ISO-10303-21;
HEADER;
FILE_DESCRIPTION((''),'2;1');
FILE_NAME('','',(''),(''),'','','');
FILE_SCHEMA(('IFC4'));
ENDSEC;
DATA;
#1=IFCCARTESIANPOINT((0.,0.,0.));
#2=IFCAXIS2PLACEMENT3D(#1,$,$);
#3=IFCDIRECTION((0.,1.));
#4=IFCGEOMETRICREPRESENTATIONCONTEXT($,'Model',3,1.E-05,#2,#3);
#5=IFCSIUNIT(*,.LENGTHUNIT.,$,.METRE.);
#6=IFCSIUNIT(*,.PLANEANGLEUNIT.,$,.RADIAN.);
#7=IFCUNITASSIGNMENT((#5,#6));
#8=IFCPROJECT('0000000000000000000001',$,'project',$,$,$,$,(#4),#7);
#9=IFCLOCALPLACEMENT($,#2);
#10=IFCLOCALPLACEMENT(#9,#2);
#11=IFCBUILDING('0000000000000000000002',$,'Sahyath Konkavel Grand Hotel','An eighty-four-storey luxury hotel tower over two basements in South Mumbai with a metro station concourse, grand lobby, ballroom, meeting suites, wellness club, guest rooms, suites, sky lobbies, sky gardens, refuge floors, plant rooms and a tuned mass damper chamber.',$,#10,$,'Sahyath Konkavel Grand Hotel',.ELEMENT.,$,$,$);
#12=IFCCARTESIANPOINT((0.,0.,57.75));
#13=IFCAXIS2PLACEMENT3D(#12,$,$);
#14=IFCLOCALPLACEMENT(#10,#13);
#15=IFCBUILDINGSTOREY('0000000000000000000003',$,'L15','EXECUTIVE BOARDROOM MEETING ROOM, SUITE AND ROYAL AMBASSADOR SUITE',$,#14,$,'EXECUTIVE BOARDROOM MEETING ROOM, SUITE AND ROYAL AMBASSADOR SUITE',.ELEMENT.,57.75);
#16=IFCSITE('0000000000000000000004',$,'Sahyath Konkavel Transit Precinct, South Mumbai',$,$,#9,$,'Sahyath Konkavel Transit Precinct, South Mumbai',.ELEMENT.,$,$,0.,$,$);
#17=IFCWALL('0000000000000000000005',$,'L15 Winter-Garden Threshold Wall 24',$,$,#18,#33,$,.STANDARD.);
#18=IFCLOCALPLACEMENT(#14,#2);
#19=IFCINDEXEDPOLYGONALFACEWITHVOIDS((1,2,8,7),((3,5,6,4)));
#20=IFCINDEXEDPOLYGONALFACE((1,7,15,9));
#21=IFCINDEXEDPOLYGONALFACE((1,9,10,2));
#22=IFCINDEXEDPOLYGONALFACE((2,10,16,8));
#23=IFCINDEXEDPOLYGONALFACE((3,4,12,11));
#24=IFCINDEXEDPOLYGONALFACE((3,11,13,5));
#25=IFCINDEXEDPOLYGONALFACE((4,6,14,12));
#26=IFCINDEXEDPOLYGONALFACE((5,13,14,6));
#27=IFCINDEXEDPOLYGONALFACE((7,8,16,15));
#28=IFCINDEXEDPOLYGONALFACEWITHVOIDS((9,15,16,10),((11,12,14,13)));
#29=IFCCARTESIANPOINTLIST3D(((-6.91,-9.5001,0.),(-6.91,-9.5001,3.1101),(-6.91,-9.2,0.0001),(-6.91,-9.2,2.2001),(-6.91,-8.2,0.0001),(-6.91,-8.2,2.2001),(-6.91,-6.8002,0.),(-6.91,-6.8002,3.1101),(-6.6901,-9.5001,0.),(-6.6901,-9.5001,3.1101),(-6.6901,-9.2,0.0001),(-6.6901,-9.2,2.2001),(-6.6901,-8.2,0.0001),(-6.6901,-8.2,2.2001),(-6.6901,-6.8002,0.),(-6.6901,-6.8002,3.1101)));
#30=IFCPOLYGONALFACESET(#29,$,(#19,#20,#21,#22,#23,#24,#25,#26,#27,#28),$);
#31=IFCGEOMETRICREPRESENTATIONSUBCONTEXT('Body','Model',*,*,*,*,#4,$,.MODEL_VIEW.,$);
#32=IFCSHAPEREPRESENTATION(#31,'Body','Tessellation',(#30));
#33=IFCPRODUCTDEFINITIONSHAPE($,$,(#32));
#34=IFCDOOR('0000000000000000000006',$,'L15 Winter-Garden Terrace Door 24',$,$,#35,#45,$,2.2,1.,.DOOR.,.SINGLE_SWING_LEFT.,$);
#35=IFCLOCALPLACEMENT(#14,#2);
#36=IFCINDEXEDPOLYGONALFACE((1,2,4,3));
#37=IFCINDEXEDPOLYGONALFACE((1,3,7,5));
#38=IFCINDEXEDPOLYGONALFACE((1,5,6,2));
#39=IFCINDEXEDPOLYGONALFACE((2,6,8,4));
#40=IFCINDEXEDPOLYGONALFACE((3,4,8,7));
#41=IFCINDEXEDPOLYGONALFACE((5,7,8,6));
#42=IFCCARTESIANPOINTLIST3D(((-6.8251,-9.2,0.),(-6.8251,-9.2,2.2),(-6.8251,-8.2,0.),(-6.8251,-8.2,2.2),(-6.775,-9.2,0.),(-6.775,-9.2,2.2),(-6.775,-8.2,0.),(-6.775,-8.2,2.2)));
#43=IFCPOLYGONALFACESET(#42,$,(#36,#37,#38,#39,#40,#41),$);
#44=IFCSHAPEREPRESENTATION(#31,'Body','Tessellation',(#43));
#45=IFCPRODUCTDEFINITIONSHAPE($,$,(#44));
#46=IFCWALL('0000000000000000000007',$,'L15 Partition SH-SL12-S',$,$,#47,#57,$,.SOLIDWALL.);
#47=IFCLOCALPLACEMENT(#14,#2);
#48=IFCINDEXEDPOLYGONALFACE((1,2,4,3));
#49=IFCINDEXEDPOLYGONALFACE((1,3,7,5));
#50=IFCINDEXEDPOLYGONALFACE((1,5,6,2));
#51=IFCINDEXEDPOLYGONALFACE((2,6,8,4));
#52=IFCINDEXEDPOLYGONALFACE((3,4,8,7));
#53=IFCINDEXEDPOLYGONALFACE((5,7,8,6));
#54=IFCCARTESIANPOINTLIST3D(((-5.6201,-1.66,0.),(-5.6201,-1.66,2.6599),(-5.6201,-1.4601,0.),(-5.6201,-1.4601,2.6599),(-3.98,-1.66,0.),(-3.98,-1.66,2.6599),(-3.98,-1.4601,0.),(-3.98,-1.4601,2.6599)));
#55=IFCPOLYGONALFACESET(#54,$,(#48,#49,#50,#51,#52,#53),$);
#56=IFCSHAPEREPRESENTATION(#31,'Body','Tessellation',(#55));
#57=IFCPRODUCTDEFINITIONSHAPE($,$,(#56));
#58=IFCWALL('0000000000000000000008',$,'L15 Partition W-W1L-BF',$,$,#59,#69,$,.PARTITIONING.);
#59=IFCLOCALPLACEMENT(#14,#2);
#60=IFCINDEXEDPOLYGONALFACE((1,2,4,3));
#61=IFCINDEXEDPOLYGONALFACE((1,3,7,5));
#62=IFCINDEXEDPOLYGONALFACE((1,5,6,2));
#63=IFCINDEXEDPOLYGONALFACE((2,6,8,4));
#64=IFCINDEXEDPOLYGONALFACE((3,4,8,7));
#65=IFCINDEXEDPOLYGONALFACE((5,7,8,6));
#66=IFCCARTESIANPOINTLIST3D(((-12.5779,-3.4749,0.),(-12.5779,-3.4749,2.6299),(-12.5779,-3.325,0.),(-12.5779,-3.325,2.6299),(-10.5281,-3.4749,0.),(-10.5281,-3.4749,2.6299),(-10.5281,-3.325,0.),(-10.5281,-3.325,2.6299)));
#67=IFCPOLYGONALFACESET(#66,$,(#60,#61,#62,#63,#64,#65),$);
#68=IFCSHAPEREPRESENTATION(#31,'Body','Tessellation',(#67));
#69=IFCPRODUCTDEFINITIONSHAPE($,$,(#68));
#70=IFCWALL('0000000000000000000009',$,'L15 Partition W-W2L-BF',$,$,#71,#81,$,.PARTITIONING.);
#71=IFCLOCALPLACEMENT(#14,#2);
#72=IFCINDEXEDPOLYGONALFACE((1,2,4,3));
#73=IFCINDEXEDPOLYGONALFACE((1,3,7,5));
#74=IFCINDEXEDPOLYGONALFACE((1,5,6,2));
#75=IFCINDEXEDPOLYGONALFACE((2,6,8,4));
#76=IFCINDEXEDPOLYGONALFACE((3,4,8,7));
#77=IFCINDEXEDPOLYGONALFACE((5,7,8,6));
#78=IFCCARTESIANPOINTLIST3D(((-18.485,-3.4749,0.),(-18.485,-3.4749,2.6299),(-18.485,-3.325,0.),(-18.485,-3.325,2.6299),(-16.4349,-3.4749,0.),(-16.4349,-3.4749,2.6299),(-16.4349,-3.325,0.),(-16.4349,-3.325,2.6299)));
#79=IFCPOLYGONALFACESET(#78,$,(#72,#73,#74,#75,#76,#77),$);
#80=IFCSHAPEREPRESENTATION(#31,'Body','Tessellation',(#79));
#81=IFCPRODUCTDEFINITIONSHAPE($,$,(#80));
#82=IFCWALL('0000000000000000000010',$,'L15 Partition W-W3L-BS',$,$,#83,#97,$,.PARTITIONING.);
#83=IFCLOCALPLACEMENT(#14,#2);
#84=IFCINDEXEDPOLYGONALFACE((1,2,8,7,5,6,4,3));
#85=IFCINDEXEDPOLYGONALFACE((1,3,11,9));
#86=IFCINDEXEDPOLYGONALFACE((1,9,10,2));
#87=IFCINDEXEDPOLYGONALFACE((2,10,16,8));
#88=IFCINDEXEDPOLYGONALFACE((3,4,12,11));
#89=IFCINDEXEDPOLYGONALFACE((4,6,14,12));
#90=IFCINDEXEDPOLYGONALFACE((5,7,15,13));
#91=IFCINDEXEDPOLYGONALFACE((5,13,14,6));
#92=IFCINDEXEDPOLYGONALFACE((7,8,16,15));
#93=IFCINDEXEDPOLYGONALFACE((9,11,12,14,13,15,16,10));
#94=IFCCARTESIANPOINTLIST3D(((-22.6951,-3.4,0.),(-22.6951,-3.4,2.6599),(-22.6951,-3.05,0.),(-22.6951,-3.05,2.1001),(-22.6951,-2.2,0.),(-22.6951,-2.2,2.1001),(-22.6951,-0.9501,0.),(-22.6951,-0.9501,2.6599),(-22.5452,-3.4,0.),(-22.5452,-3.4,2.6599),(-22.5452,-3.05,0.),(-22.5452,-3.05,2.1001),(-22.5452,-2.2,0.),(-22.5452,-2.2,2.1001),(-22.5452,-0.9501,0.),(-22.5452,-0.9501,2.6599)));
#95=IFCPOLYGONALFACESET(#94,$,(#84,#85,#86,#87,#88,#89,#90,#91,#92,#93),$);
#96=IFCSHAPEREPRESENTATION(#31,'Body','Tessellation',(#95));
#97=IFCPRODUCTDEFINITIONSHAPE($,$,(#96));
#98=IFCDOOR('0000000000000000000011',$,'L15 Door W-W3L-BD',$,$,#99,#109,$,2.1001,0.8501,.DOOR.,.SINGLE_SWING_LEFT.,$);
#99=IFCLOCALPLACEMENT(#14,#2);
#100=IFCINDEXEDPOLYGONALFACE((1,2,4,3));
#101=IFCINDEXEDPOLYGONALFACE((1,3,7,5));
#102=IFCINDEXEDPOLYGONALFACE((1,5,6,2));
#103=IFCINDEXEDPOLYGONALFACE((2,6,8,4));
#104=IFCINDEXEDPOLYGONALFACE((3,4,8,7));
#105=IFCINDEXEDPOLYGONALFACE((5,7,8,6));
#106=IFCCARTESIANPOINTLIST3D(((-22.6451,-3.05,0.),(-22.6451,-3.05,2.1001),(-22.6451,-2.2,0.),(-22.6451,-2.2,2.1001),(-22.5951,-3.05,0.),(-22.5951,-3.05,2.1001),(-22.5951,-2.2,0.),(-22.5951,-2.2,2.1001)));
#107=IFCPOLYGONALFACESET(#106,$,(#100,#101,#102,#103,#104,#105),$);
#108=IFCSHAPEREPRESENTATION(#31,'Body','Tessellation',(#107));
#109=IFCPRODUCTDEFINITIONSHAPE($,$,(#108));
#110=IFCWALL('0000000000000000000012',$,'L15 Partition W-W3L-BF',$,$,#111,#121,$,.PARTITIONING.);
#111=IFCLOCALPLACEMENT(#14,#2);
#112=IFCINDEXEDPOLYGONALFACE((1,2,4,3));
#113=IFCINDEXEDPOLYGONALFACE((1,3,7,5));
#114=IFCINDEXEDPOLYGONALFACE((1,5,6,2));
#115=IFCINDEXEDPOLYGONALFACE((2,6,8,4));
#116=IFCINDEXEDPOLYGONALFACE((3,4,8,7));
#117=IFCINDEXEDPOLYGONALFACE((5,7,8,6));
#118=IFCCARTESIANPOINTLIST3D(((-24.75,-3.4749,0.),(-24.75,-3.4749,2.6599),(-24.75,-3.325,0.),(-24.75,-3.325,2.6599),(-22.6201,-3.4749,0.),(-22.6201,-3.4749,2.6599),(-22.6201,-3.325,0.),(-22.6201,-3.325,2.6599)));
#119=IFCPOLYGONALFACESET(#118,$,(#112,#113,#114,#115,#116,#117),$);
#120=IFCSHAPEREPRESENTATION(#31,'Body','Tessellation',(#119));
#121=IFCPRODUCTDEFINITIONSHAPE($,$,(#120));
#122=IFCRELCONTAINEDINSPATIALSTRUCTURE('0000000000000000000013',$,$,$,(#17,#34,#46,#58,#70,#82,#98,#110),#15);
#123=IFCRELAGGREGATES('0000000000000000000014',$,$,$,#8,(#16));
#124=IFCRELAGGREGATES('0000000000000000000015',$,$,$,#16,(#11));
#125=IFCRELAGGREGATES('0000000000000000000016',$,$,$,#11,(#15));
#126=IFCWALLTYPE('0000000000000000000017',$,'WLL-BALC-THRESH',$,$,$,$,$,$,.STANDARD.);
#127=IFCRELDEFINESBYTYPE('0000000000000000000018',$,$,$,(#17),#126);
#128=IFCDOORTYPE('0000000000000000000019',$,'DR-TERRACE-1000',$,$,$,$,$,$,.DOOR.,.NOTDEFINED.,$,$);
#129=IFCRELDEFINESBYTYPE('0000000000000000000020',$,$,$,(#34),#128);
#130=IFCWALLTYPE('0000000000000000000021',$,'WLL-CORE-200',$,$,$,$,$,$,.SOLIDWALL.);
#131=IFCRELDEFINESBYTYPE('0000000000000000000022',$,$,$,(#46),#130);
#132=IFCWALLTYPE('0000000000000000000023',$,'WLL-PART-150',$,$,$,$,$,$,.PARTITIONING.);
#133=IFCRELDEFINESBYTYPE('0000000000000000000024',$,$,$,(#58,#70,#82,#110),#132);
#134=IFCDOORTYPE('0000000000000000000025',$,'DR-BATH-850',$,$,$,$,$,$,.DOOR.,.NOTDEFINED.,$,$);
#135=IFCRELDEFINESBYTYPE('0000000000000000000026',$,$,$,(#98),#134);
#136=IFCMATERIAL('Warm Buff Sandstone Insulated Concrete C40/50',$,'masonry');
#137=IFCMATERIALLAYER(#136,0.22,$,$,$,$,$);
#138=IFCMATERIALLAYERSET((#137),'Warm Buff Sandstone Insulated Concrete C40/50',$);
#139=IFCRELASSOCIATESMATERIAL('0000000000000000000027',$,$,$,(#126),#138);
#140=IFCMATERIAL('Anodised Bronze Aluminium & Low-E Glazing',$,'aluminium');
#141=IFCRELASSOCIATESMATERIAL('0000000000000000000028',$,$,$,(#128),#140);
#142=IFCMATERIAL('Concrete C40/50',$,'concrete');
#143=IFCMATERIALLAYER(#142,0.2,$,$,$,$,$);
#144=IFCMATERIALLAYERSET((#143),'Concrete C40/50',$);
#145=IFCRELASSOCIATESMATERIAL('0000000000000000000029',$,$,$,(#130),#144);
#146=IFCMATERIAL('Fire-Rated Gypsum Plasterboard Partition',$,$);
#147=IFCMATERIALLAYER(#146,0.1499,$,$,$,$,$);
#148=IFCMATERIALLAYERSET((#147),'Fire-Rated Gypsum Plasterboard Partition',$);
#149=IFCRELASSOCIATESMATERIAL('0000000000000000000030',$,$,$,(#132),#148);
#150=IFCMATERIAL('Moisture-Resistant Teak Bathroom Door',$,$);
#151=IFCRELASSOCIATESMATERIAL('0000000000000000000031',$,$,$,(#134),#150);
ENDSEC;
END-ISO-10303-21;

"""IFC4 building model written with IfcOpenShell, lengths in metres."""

from ifc_helpers import new_model, si_unit, direction, frame, frame_2d, origin, origin_2d, place, context, subcontext, project, spatial, rectangle, extrude, source, transform, mapped, material, layer, layer_set, type_object, element, fill, save


model = new_model("IFC4")

# Units and contexts
model_context = context("Model", 3, precision=1e-05, world=origin(), true_north=direction((0.0, 1.0)))
body_context = subcontext(model_context, "Body", "Model", "MODEL_VIEW")
ifc_project = project(units=[si_unit("LENGTHUNIT", "METRE"), si_unit("PLANEANGLEUNIT", "RADIAN")], contexts=[model_context])

# Site, building, storey
site_placement = place(None, origin())
site = spatial("IfcSite", under=ifc_project, at=site_placement, Name="Sahyath Konkavel Transit Precinct, South Mumbai", LongName="Sahyath Konkavel Transit Precinct, South Mumbai", CompositionType="ELEMENT", RefElevation=0.0)
building_placement = place(site_placement, origin())
building = spatial("IfcBuilding", under=site, at=building_placement, Name="Sahyath Konkavel Grand Hotel", Description="An eighty-four-storey luxury hotel tower over two basements in South Mumbai with a metro station concourse, grand lobby, ballroom, meeting suites, wellness club, guest rooms, suites, sky lobbies, sky gardens, refuge floors, plant rooms and a tuned mass damper chamber.", LongName="Sahyath Konkavel Grand Hotel", CompositionType="ELEMENT")
storey_placement = place(building_placement, frame((0.0, 0.0, 57.75)))
storey = spatial("IfcBuildingStorey", under=building, at=storey_placement, Name="L15", Description="EXECUTIVE BOARDROOM MEETING ROOM, SUITE AND ROYAL AMBASSADOR SUITE", LongName="EXECUTIVE BOARDROOM MEETING ROOM, SUITE AND ROYAL AMBASSADOR SUITE", CompositionType="ELEMENT", Elevation=57.75)

# Shared definitions
ifc_material_1 = material(Name="Anodised Bronze Aluminium & Low-E Glazing", Category="aluminium")

# Shared definitions
ifc_material_2 = material(Name="Warm Buff Sandstone Insulated Concrete C40/50", Category="masonry")
ifc_layer_1 = layer(ifc_material_2, 0.22)
ifc_layer_set_1 = layer_set([ifc_layer_1], Name="Warm Buff Sandstone Insulated Concrete C40/50")
wall_type_1 = type_object("IfcWallType", Name="WLL-BALC-THRESH", PredefinedType="STANDARD", material=ifc_layer_set_1)

# Wall, opening, door
wall_1_placement = place(storey_placement, frame((-6.8, -6.8, 0.0), z_axis=(0.0, 0.0, 1.0), x_axis=(0.0, -1.0, 0.0)))
wall_1 = element("IfcWall", 1, at=wall_1_placement, inside=storey, type_object=wall_type_1, Name="L15 Winter-Garden Threshold Wall 24", PredefinedType="STANDARD", context=body_context, shape_type="SweptSolid", body=[
    extrude(rectangle(XDim=2.7, YDim=0.22, at=frame_2d((1.3501, 0.0))), origin(), (0.0, 0.0, 1.0), 3.1101),
])
opening_1_placement = place(wall_1_placement, frame((1.3999, 0.0, 0.0)))
opening_1 = element("IfcOpeningElement", 2, at=opening_1_placement, cuts=wall_1, PredefinedType="OPENING", context=body_context, shape_type="SweptSolid", body=[
    extrude(rectangle(XDim=1.0, YDim=2.2, at=frame_2d((0.5, 1.1001))), frame((0.0, 0.1201, 0.0), z_axis=(0.0, -1.0, 0.0), x_axis=(1.0, 0.0, 0.0)), (0.0, 0.0, 1.0), 0.24),
])
door_type_1 = type_object("IfcDoorType", Name="DR-TERRACE-1000", OperationType="NOTDEFINED", PredefinedType="DOOR", material=ifc_material_1)
shared_shape_1 = source(origin(), body_context, "Body", "SweptSolid", [
    extrude(rectangle(XDim=1.0, YDim=0.05, at=origin_2d()), origin(), (0.0, 0.0, 1.0), 2.2),
])
door_1_placement = place(opening_1_placement, frame((0.5, 0.0, 0.0)))
door_1 = element("IfcDoor", 3, at=door_1_placement, inside=storey, type_object=door_type_1, Name="L15 Winter-Garden Terrace Door 24", OperationType="SINGLE_SWING_LEFT", OverallHeight=2.2, OverallWidth=1.0, PredefinedType="DOOR", context=body_context, shape_type="MappedRepresentation", body=[
    mapped(shared_shape_1, transform((0.0, 0.0, 0.0), scale=1.0)),
])
fill(opening_1, door_1)

# Walls
ifc_material_3 = material(Name="Concrete C40/50", Category="concrete")
ifc_layer_2 = layer(ifc_material_3, 0.2)
ifc_layer_set_2 = layer_set([ifc_layer_2], Name="Concrete C40/50")
wall_type_2 = type_object("IfcWallType", Name="WLL-CORE-200", PredefinedType="SOLIDWALL", material=ifc_layer_set_2)
wall_2_placement = place(storey_placement, frame((-5.6201, -1.5601, 0.0), z_axis=(0.0, 0.0, 1.0), x_axis=(1.0, 0.0, 0.0)))
element("IfcWall", 4, at=wall_2_placement, inside=storey, type_object=wall_type_2, Name="L15 Partition SH-SL12-S", PredefinedType="SOLIDWALL", context=body_context, shape_type="SweptSolid", body=[
    extrude(rectangle(XDim=1.6401, YDim=0.2, at=frame_2d((0.8201, 0.0))), origin(), (0.0, 0.0, 1.0), 2.6599),
])
ifc_material_4 = material(Name="Fire-Rated Gypsum Plasterboard Partition")
ifc_layer_3 = layer(ifc_material_4, 0.1499)
ifc_layer_set_3 = layer_set([ifc_layer_3], Name="Fire-Rated Gypsum Plasterboard Partition")
wall_type_3 = type_object("IfcWallType", Name="WLL-PART-150", PredefinedType="PARTITIONING", material=ifc_layer_set_3)
wall_3_placement = place(storey_placement, frame((-10.5281, -3.3999, 0.0), z_axis=(0.0, 0.0, 1.0), x_axis=(-1.0, 0.0, 0.0)))
element("IfcWall", 5, at=wall_3_placement, inside=storey, type_object=wall_type_3, Name="L15 Partition W-W1L-BF", PredefinedType="PARTITIONING", context=body_context, shape_type="SweptSolid", body=[
    extrude(rectangle(XDim=2.0498, YDim=0.1499, at=frame_2d((1.0249, 0.0))), origin(), (0.0, 0.0, 1.0), 2.6299),
])
wall_4_placement = place(storey_placement, frame((-16.4351, -3.3999, 0.0), z_axis=(0.0, 0.0, 1.0), x_axis=(-1.0, 0.0, 0.0)))
element("IfcWall", 6, at=wall_4_placement, inside=storey, type_object=wall_type_3, Name="L15 Partition W-W2L-BF", PredefinedType="PARTITIONING", context=body_context, shape_type="SweptSolid", body=[
    extrude(rectangle(XDim=2.05, YDim=0.1499, at=frame_2d((1.0249, 0.0))), origin(), (0.0, 0.0, 1.0), 2.6299),
])

# Wall, opening, door
wall_5_placement = place(storey_placement, frame((-22.6201, -0.95, 0.0), z_axis=(0.0, 0.0, 1.0), x_axis=(0.0, -1.0, 0.0)))
wall_5 = element("IfcWall", 7, at=wall_5_placement, inside=storey, type_object=wall_type_3, Name="L15 Partition W-W3L-BS", PredefinedType="PARTITIONING", context=body_context, shape_type="SweptSolid", body=[
    extrude(rectangle(XDim=2.45, YDim=0.1499, at=frame_2d((1.2251, 0.0))), origin(), (0.0, 0.0, 1.0), 2.6599),
])
opening_2_placement = place(wall_5_placement, frame((1.25, 0.0, 0.0)))
opening_2 = element("IfcOpeningElement", 8, at=opening_2_placement, cuts=wall_5, PredefinedType="OPENING", context=body_context, shape_type="SweptSolid", body=[
    extrude(rectangle(XDim=0.8501, YDim=2.1001, at=frame_2d((0.425, 1.05))), frame((0.0, 0.085, 0.0), z_axis=(0.0, -1.0, 0.0), x_axis=(1.0, 0.0, 0.0)), (0.0, 0.0, 1.0), 0.1699),
])
ifc_material_5 = material(Name="Moisture-Resistant Teak Bathroom Door")
door_type_2 = type_object("IfcDoorType", Name="DR-BATH-850", OperationType="NOTDEFINED", PredefinedType="DOOR", material=ifc_material_5)
shared_shape_2 = source(origin(), body_context, "Body", "SweptSolid", [
    extrude(rectangle(XDim=0.8501, YDim=0.05, at=origin_2d()), origin(), (0.0, 0.0, 1.0), 2.1001),
])
door_2_placement = place(opening_2_placement, frame((0.425, 0.0, 0.0)))
door_2 = element("IfcDoor", 9, at=door_2_placement, inside=storey, type_object=door_type_2, Name="L15 Door W-W3L-BD", OperationType="SINGLE_SWING_LEFT", OverallHeight=2.1001, OverallWidth=0.8501, PredefinedType="DOOR", context=body_context, shape_type="MappedRepresentation", body=[
    mapped(shared_shape_2, transform((0.0, 0.0, 0.0), scale=1.0)),
])
fill(opening_2, door_2)

# Wall
wall_6_placement = place(storey_placement, frame((-22.6201, -3.3999, 0.0), z_axis=(0.0, 0.0, 1.0), x_axis=(-1.0, 0.0, 0.0)))
element("IfcWall", 10, at=wall_6_placement, inside=storey, type_object=wall_type_3, Name="L15 Partition W-W3L-BF", PredefinedType="PARTITIONING", context=body_context, shape_type="SweptSolid", body=[
    extrude(rectangle(XDim=2.1299, YDim=0.1499, at=frame_2d((1.0649, 0.0))), origin(), (0.0, 0.0, 1.0), 2.6599),
])

save(model, "model.ifc")
